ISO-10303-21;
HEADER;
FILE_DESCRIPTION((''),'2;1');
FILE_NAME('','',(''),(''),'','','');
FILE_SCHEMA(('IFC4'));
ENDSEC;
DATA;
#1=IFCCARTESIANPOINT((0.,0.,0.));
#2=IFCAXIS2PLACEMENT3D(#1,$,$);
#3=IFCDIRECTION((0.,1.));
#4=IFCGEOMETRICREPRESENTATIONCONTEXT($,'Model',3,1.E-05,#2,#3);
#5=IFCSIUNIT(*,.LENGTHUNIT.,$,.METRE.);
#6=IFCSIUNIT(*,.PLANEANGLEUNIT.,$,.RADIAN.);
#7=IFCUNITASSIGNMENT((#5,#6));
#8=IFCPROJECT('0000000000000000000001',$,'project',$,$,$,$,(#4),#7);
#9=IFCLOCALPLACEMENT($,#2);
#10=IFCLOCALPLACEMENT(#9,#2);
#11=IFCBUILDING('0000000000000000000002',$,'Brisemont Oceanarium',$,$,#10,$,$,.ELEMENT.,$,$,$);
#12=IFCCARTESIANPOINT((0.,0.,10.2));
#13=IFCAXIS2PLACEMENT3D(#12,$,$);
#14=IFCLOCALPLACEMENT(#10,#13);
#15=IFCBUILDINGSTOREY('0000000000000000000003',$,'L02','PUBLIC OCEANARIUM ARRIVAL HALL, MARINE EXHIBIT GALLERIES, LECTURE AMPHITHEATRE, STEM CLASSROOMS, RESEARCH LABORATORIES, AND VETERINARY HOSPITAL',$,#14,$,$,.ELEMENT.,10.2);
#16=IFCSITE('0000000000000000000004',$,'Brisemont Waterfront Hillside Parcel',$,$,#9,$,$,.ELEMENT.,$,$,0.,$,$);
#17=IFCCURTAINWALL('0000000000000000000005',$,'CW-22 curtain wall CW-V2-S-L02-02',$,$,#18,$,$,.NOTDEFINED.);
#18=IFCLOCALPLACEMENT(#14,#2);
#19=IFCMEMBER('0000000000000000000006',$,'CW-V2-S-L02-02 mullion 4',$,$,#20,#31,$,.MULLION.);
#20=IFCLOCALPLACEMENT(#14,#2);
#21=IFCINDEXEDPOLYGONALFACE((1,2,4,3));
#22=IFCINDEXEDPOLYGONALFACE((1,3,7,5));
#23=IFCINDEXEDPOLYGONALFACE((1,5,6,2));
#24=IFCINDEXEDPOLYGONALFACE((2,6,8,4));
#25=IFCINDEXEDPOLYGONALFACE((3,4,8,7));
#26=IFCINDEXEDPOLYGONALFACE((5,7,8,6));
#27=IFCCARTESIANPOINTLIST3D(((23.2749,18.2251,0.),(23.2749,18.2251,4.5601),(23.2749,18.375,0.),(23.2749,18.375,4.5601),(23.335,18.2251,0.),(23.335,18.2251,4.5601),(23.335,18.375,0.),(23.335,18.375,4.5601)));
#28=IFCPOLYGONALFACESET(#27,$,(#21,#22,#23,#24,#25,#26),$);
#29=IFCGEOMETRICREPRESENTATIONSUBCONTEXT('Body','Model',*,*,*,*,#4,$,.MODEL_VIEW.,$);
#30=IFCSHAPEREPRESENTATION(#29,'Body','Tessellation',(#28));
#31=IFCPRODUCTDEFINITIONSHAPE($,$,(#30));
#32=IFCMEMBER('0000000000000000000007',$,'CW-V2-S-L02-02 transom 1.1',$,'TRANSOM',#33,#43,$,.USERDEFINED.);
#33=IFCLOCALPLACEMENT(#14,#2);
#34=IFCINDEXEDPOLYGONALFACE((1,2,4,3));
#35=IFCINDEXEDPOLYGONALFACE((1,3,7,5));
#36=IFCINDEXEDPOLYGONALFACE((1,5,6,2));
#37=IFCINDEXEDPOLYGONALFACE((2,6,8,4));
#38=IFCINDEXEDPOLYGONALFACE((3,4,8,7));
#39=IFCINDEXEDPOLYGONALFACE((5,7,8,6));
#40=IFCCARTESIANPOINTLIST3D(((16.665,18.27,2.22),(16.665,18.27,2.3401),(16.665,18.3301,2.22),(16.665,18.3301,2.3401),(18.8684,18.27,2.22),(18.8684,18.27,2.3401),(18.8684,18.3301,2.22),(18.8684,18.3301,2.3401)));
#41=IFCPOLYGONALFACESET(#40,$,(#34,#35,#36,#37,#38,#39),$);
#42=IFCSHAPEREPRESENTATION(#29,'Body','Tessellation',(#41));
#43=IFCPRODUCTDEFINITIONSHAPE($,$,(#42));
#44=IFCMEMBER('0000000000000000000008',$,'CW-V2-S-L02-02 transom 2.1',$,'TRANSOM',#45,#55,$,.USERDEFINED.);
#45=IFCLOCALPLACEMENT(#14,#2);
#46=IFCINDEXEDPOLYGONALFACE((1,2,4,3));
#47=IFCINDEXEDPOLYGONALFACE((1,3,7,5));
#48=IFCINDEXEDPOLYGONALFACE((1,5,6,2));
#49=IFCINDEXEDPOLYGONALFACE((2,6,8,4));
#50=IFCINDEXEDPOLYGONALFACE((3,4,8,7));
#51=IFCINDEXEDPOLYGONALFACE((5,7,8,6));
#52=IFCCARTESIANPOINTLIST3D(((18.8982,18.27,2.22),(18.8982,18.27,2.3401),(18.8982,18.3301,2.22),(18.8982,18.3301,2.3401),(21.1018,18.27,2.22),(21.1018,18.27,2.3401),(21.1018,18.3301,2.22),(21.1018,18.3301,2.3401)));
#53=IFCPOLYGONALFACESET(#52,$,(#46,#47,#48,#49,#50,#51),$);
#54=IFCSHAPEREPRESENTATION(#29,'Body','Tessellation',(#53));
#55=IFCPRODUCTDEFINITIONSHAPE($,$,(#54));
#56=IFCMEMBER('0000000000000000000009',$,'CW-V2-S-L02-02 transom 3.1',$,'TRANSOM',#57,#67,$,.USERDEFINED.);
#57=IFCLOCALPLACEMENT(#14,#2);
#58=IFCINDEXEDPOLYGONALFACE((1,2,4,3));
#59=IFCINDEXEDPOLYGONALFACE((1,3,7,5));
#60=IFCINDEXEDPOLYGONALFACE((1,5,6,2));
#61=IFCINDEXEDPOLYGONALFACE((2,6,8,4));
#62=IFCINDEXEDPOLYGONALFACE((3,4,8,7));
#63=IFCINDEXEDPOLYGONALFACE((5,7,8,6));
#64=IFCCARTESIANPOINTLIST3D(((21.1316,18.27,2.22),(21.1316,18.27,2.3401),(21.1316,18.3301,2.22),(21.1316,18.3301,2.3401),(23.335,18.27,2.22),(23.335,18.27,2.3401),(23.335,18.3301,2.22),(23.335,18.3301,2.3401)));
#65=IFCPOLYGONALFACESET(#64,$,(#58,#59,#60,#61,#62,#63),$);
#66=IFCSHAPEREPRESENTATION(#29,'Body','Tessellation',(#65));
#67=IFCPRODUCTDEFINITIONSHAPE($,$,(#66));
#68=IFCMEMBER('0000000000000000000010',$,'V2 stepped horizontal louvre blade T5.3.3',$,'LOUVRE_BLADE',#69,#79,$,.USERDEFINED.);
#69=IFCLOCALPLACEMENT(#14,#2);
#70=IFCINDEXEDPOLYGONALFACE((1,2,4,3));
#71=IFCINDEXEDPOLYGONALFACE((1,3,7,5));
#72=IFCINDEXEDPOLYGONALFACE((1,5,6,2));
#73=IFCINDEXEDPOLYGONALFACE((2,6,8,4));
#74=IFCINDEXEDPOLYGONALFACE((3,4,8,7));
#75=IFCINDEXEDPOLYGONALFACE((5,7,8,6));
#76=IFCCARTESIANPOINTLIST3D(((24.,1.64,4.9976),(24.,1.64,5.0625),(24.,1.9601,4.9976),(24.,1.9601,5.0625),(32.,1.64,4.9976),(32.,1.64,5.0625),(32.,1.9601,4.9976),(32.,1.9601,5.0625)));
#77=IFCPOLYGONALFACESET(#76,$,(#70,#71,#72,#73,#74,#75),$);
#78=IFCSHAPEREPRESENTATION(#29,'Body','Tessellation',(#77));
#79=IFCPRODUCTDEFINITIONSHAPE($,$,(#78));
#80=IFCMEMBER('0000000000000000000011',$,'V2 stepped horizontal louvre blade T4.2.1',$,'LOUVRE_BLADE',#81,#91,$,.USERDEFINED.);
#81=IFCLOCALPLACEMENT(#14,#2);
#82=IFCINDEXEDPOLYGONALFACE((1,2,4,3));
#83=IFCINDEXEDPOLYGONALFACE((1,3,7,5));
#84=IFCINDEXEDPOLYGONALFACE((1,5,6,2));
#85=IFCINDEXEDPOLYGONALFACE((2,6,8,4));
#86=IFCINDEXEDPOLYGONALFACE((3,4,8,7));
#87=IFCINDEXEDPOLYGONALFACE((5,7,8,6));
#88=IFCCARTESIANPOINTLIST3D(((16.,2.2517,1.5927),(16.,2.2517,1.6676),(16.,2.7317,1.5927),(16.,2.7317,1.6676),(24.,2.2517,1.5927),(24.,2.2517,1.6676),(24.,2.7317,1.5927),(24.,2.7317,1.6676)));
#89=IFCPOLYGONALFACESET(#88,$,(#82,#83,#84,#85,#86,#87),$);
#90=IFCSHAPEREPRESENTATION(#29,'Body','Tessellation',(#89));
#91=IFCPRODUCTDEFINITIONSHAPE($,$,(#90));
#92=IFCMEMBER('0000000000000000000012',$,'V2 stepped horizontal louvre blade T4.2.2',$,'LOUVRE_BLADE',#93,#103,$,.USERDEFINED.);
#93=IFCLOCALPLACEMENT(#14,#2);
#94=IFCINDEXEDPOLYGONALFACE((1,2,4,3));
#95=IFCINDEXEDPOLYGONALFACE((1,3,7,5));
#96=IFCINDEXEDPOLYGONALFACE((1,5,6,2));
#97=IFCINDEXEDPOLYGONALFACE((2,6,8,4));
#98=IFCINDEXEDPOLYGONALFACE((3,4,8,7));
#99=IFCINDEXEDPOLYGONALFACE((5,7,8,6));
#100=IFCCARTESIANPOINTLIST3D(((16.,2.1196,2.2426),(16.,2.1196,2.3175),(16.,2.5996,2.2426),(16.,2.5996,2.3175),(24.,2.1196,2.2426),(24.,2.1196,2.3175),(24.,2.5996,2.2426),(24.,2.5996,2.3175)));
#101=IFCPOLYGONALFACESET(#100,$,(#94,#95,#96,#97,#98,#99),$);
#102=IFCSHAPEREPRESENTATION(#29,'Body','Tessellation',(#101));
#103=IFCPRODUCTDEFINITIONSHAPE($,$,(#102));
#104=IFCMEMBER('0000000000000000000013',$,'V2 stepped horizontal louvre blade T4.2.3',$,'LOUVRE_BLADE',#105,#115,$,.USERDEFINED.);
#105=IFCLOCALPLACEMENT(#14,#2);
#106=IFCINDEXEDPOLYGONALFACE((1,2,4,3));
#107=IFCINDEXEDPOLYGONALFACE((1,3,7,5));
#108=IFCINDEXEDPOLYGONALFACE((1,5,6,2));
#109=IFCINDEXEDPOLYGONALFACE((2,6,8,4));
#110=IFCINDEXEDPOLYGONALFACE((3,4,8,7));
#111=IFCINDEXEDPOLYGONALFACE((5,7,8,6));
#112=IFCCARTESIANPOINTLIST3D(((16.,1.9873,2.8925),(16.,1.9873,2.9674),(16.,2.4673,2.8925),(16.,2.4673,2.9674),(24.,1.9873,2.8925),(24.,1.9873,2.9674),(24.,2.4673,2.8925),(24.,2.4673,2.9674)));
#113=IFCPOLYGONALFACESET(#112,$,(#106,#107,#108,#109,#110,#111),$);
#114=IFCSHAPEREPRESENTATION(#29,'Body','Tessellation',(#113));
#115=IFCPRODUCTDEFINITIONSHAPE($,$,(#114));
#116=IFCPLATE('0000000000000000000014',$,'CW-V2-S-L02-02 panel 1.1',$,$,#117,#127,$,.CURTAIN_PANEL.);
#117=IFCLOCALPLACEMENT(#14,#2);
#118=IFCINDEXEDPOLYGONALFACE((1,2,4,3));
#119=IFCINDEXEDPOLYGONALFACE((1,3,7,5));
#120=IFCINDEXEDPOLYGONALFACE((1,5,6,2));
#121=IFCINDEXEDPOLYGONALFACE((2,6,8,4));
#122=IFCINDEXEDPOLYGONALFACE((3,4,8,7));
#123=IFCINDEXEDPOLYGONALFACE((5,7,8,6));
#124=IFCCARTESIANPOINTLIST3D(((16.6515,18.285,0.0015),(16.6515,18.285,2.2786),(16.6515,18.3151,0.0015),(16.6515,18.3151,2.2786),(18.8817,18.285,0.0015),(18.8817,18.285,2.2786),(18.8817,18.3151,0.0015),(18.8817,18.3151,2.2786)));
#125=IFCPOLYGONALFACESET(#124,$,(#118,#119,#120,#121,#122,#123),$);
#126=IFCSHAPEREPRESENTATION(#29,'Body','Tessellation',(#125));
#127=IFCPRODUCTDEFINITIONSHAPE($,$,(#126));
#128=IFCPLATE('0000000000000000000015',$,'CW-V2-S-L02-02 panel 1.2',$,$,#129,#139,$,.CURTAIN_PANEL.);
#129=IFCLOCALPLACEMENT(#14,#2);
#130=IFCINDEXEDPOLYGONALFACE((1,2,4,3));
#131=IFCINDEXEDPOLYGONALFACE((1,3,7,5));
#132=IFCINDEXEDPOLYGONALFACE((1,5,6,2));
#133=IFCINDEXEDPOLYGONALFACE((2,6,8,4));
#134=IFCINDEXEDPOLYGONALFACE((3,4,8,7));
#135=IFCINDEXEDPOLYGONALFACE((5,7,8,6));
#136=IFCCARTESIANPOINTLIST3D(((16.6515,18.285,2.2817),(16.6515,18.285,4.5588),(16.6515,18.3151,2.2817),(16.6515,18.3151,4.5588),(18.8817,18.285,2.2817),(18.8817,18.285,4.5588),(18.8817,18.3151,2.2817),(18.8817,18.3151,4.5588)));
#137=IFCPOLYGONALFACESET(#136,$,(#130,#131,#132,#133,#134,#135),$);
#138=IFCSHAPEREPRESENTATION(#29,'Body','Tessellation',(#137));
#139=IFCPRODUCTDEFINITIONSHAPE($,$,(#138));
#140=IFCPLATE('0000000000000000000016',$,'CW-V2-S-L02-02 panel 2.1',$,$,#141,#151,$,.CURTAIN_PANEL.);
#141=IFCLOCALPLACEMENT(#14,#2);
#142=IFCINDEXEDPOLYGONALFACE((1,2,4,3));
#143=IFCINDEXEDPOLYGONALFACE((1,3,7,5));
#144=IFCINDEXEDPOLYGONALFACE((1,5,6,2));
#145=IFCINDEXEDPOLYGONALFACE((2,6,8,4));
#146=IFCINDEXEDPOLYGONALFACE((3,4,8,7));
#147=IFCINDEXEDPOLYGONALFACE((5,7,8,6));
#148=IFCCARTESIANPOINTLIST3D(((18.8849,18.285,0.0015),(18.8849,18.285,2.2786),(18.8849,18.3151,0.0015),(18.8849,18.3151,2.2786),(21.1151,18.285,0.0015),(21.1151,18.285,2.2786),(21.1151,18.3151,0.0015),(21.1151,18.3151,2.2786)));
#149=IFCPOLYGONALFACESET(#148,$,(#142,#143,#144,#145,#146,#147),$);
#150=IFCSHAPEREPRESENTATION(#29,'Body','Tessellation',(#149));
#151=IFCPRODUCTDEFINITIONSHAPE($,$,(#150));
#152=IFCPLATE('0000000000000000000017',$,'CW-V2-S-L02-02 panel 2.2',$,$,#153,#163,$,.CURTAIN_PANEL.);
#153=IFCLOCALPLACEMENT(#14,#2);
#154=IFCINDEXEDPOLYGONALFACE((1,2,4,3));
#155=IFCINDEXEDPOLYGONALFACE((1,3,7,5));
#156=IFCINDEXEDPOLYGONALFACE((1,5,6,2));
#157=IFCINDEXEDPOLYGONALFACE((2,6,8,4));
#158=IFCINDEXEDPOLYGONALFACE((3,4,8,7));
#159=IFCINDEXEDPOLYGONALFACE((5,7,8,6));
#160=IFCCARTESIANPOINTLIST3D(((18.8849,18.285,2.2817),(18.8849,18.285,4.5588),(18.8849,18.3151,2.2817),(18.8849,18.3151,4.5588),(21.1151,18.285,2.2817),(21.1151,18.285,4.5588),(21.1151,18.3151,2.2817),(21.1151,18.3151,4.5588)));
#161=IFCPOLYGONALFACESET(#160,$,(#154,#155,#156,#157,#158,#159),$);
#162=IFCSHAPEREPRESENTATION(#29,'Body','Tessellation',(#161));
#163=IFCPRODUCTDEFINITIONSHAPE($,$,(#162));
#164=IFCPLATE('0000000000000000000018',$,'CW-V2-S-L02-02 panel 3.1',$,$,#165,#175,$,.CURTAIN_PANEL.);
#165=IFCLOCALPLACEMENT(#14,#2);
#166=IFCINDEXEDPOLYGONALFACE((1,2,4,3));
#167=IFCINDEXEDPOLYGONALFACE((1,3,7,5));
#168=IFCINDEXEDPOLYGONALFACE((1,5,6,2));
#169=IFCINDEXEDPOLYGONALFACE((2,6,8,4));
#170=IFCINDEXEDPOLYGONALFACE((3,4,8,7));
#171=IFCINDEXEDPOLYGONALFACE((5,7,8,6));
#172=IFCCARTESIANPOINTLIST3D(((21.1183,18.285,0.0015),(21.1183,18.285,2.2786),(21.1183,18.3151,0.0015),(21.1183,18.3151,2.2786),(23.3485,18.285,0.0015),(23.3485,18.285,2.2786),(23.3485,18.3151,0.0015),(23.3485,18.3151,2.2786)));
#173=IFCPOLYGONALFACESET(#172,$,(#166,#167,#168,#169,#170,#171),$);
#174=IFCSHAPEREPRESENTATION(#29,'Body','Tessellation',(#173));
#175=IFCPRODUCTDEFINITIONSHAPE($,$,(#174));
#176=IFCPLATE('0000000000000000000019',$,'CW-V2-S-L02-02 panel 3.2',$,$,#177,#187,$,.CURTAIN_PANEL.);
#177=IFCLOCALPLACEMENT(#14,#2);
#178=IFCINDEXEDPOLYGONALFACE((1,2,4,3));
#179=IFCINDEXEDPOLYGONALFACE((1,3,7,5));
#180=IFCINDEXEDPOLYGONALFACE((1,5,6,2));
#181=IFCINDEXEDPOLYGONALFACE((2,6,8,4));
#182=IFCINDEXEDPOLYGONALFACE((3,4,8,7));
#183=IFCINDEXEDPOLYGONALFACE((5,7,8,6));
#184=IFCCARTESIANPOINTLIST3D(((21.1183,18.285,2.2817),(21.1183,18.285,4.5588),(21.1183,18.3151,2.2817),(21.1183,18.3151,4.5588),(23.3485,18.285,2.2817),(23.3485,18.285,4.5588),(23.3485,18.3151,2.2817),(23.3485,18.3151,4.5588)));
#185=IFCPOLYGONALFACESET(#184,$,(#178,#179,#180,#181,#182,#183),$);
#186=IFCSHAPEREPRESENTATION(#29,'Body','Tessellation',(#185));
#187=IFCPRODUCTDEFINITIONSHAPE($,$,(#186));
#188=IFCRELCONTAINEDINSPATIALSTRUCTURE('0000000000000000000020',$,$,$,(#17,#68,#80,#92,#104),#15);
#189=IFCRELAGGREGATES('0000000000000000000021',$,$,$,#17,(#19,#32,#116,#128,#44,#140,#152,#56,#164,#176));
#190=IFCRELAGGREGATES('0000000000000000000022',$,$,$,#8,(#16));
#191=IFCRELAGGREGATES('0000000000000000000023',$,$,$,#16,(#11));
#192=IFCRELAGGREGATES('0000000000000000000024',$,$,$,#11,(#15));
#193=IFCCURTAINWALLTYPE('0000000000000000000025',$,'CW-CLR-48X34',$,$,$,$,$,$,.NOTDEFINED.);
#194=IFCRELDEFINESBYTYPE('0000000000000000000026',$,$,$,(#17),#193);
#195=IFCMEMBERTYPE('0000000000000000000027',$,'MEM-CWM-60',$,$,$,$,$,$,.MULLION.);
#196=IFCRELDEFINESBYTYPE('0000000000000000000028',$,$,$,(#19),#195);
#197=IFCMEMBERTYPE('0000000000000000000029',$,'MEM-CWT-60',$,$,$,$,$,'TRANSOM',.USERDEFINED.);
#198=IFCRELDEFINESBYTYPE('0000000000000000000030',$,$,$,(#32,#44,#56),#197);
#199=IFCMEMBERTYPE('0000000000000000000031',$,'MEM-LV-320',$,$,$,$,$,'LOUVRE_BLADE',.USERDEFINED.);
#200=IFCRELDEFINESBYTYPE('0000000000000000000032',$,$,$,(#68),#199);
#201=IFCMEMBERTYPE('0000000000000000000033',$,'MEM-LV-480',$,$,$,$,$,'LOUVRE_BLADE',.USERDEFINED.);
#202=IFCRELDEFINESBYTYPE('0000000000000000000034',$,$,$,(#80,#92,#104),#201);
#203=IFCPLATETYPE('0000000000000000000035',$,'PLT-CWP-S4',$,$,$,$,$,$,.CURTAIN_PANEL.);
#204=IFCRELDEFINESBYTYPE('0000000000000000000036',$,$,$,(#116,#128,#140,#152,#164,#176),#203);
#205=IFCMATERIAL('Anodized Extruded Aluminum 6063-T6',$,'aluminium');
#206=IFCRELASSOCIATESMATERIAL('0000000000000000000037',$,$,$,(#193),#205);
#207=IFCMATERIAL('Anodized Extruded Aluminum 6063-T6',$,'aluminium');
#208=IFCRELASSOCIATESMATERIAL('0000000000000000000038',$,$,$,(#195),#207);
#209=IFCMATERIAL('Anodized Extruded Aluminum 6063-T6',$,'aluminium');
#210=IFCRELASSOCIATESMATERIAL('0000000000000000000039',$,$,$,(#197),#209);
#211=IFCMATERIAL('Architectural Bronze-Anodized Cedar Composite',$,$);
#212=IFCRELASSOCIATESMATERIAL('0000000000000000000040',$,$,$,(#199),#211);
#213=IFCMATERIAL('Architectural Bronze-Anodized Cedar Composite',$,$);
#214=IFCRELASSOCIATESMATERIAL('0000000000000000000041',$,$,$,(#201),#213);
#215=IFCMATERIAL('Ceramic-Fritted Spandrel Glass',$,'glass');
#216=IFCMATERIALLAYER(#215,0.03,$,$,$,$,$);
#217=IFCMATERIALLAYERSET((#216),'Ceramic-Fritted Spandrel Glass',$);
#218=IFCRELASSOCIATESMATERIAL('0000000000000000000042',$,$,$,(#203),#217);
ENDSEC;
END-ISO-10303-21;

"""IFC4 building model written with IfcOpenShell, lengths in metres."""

from ifc_helpers import new_model, si_unit, direction, frame, origin, origin_2d, place, context, subcontext, project, spatial, rectangle, extrude, material, layer, layer_set, material_profile, profile_set, type_object, element, aggregate, save


model = new_model("IFC4")

# Units and contexts
model_context = context("Model", 3, precision=1e-05, world=origin(), true_north=direction((0.0, 1.0)))
body_context = subcontext(model_context, "Body", "Model", "MODEL_VIEW")
ifc_project = project(units=[si_unit("LENGTHUNIT", "METRE"), si_unit("PLANEANGLEUNIT", "RADIAN")], contexts=[model_context])

# Site, building, storey
site_placement = place(None, origin())
site = spatial("IfcSite", under=ifc_project, at=site_placement, Name="Brisemont Waterfront Hillside Parcel", CompositionType="ELEMENT", RefElevation=0.0)
building_placement = place(site_placement, origin())
building = spatial("IfcBuilding", under=site, at=building_placement, Name="Brisemont Oceanarium", CompositionType="ELEMENT")
storey_placement = place(building_placement, frame((0.0, 0.0, 10.2)))
storey = spatial("IfcBuildingStorey", under=building, at=storey_placement, Name="L02", Description="PUBLIC OCEANARIUM ARRIVAL HALL, MARINE EXHIBIT GALLERIES, LECTURE AMPHITHEATRE, STEM CLASSROOMS, RESEARCH LABORATORIES, AND VETERINARY HOSPITAL", CompositionType="ELEMENT", Elevation=10.2)

# Curtain wall, members
ifc_material_1 = material(Name="Anodized Extruded Aluminum 6063-T6", Category="aluminium")
curtain_wall_type = type_object("IfcCurtainWallType", Name="CW-CLR-48X34", PredefinedType="NOTDEFINED", material=ifc_material_1)
curtain_wall_placement = place(storey_placement, origin())
curtain_wall = element("IfcCurtainWall", 1, at=curtain_wall_placement, inside=storey, type_object=curtain_wall_type, Name="CW-22 curtain wall CW-V2-S-L02-02", PredefinedType="NOTDEFINED")
ifc_material_2 = material(Name="Anodized Extruded Aluminum 6063-T6", Category="aluminium")
ifc_material_profile_1 = material_profile(ifc_material_2, rectangle(XDim=0.0601, YDim=0.1499, at=origin_2d()), Name="CWM-60X150")
ifc_profile_set_1 = profile_set([ifc_material_profile_1], Name="Anodized Extruded Aluminum 6063-T6")
member_type_1 = type_object("IfcMemberType", Name="MEM-CWM-60", PredefinedType="MULLION", material=ifc_profile_set_1)
member_1_placement = place(storey_placement, frame((23.3049, 18.3, 0.0), z_axis=(0.0, 0.0, 1.0), x_axis=(1.0, 0.0, 0.0)))
member_1 = element("IfcMember", 2, at=member_1_placement, type_object=member_type_1, Name="CW-V2-S-L02-02 mullion 4", PredefinedType="MULLION", context=body_context, shape_type="SweptSolid", body=[
    extrude(rectangle(XDim=0.0601, YDim=0.1499, at=origin_2d()), origin(), (0.0, 0.0, 1.0), 4.5601),
])
ifc_material_3 = material(Name="Anodized Extruded Aluminum 6063-T6", Category="aluminium")
ifc_material_profile_2 = material_profile(ifc_material_3, rectangle(XDim=0.0601, YDim=0.1201, at=origin_2d()), Name="CWT-60X120")
ifc_profile_set_2 = profile_set([ifc_material_profile_2], Name="Anodized Extruded Aluminum 6063-T6")
member_type_2 = type_object("IfcMemberType", Name="MEM-CWT-60", ElementType="TRANSOM", PredefinedType="USERDEFINED", material=ifc_profile_set_2)
member_2_placement = place(storey_placement, frame((16.665, 18.3, 2.28), z_axis=(1.0, 0.0, 0.0), x_axis=(0.0, 1.0, 0.0)))
member_2 = element("IfcMember", 3, at=member_2_placement, type_object=member_type_2, Name="CW-V2-S-L02-02 transom 1.1", ObjectType="TRANSOM", PredefinedType="USERDEFINED", context=body_context, shape_type="SweptSolid", body=[
    extrude(rectangle(XDim=0.0601, YDim=0.1201, at=origin_2d()), origin(), (0.0, 0.0, 1.0), 2.2034),
])
member_3_placement = place(storey_placement, frame((18.8982, 18.3, 2.28), z_axis=(1.0, 0.0, 0.0), x_axis=(0.0, 1.0, 0.0)))
member_3 = element("IfcMember", 4, at=member_3_placement, type_object=member_type_2, Name="CW-V2-S-L02-02 transom 2.1", ObjectType="TRANSOM", PredefinedType="USERDEFINED", context=body_context, shape_type="SweptSolid", body=[
    extrude(rectangle(XDim=0.0601, YDim=0.1201, at=origin_2d()), origin(), (0.0, 0.0, 1.0), 2.2036),
])
member_4_placement = place(storey_placement, frame((21.1316, 18.3, 2.28), z_axis=(1.0, 0.0, 0.0), x_axis=(0.0, 1.0, 0.0)))
member_4 = element("IfcMember", 5, at=member_4_placement, type_object=member_type_2, Name="CW-V2-S-L02-02 transom 3.1", ObjectType="TRANSOM", PredefinedType="USERDEFINED", context=body_context, shape_type="SweptSolid", body=[
    extrude(rectangle(XDim=0.0601, YDim=0.1201, at=origin_2d()), origin(), (0.0, 0.0, 1.0), 2.2034),
])

# Members
ifc_material_4 = material(Name="Architectural Bronze-Anodized Cedar Composite")
ifc_material_profile_3 = material_profile(ifc_material_4, rectangle(XDim=0.3201, YDim=0.0649, at=origin_2d()), Name="LOUVRE-320X65")
ifc_profile_set_3 = profile_set([ifc_material_profile_3], Name="Architectural Bronze-Anodized Cedar Composite")
member_type_3 = type_object("IfcMemberType", Name="MEM-LV-320", ElementType="LOUVRE_BLADE", PredefinedType="USERDEFINED", material=ifc_profile_set_3)
member_5_placement = place(storey_placement, frame((24.0, 1.8, 5.03), z_axis=(1.0, 0.0, 0.0), x_axis=(0.0, 1.0, 0.0)))
element("IfcMember", 6, at=member_5_placement, inside=storey, type_object=member_type_3, Name="V2 stepped horizontal louvre blade T5.3.3", ObjectType="LOUVRE_BLADE", PredefinedType="USERDEFINED", context=body_context, shape_type="SweptSolid", body=[
    extrude(rectangle(XDim=0.3201, YDim=0.0649, at=origin_2d()), origin(), (0.0, 0.0, 1.0), 8.0),
])
ifc_material_5 = material(Name="Architectural Bronze-Anodized Cedar Composite")
ifc_material_profile_4 = material_profile(ifc_material_5, rectangle(XDim=0.48, YDim=0.075, at=origin_2d()), Name="LOUVRE-480X75")
ifc_profile_set_4 = profile_set([ifc_material_profile_4], Name="Architectural Bronze-Anodized Cedar Composite")
member_type_4 = type_object("IfcMemberType", Name="MEM-LV-480", ElementType="LOUVRE_BLADE", PredefinedType="USERDEFINED", material=ifc_profile_set_4)
for number, where, z_axis, x_axis, name in (
    (7, (16.0, 2.4917, 1.6301), (1.0, 0.0, 0.0), (0.0, 1.0, 0.0), "V2 stepped horizontal louvre blade T4.2.1"),
    (8, (16.0, 2.3596, 2.28), (1.0, 0.0, 0.0), (0.0, 1.0, 0.0), "V2 stepped horizontal louvre blade T4.2.2"),
    (9, (16.0, 2.2273, 2.9299), (1.0, 0.0, 0.0), (0.0, 1.0, 0.0), "V2 stepped horizontal louvre blade T4.2.3"),
):
    element("IfcMember", number, at=place(storey_placement, frame(where, z_axis=z_axis, x_axis=x_axis)), inside=storey, type_object=member_type_4, Name=name, ObjectType="LOUVRE_BLADE", PredefinedType="USERDEFINED", context=body_context, shape_type="SweptSolid", body=[
        extrude(rectangle(XDim=0.48, YDim=0.075, at=origin_2d()), origin(), (0.0, 0.0, 1.0), 8.0),
    ])

# Plates
ifc_material_6 = material(Name="Ceramic-Fritted Spandrel Glass", Category="glass")
ifc_layer_1 = layer(ifc_material_6, 0.03)
ifc_layer_set_1 = layer_set([ifc_layer_1], Name="Ceramic-Fritted Spandrel Glass")
plate_type = type_object("IfcPlateType", Name="PLT-CWP-S4", PredefinedType="CURTAIN_PANEL", material=ifc_layer_set_1)
plate_1_placement = place(storey_placement, frame((17.7666, 18.3, 0.0015), z_axis=(0.0, 0.0, 1.0), x_axis=(1.0, 0.0, 0.0)))
plate_1 = element("IfcPlate", 10, at=plate_1_placement, type_object=plate_type, Name="CW-V2-S-L02-02 panel 1.1", PredefinedType="CURTAIN_PANEL", context=body_context, shape_type="SweptSolid", body=[
    extrude(rectangle(XDim=2.2302, YDim=0.03, at=origin_2d()), origin(), (0.0, 0.0, 1.0), 2.2771),
])
plate_2_placement = place(storey_placement, frame((17.7666, 18.3, 2.2817), z_axis=(0.0, 0.0, 1.0), x_axis=(1.0, 0.0, 0.0)))
plate_2 = element("IfcPlate", 11, at=plate_2_placement, type_object=plate_type, Name="CW-V2-S-L02-02 panel 1.2", PredefinedType="CURTAIN_PANEL", context=body_context, shape_type="SweptSolid", body=[
    extrude(rectangle(XDim=2.2302, YDim=0.03, at=origin_2d()), origin(), (0.0, 0.0, 1.0), 2.2771),
])
plate_3_placement = place(storey_placement, frame((20.0, 18.3, 0.0015), z_axis=(0.0, 0.0, 1.0), x_axis=(1.0, 0.0, 0.0)))
plate_3 = element("IfcPlate", 12, at=plate_3_placement, type_object=plate_type, Name="CW-V2-S-L02-02 panel 2.1", PredefinedType="CURTAIN_PANEL", context=body_context, shape_type="SweptSolid", body=[
    extrude(rectangle(XDim=2.2302, YDim=0.03, at=origin_2d()), origin(), (0.0, 0.0, 1.0), 2.2771),
])
plate_4_placement = place(storey_placement, frame((20.0, 18.3, 2.2817), z_axis=(0.0, 0.0, 1.0), x_axis=(1.0, 0.0, 0.0)))
plate_4 = element("IfcPlate", 13, at=plate_4_placement, type_object=plate_type, Name="CW-V2-S-L02-02 panel 2.2", PredefinedType="CURTAIN_PANEL", context=body_context, shape_type="SweptSolid", body=[
    extrude(rectangle(XDim=2.2302, YDim=0.03, at=origin_2d()), origin(), (0.0, 0.0, 1.0), 2.2771),
])
plate_5_placement = place(storey_placement, frame((22.2334, 18.3, 0.0015), z_axis=(0.0, 0.0, 1.0), x_axis=(1.0, 0.0, 0.0)))
plate_5 = element("IfcPlate", 14, at=plate_5_placement, type_object=plate_type, Name="CW-V2-S-L02-02 panel 3.1", PredefinedType="CURTAIN_PANEL", context=body_context, shape_type="SweptSolid", body=[
    extrude(rectangle(XDim=2.2302, YDim=0.03, at=origin_2d()), origin(), (0.0, 0.0, 1.0), 2.2771),
])
plate_6_placement = place(storey_placement, frame((22.2334, 18.3, 2.2817), z_axis=(0.0, 0.0, 1.0), x_axis=(1.0, 0.0, 0.0)))
plate_6 = element("IfcPlate", 15, at=plate_6_placement, type_object=plate_type, Name="CW-V2-S-L02-02 panel 3.2", PredefinedType="CURTAIN_PANEL", context=body_context, shape_type="SweptSolid", body=[
    extrude(rectangle(XDim=2.2302, YDim=0.03, at=origin_2d()), origin(), (0.0, 0.0, 1.0), 2.2771),
])
aggregate(curtain_wall, [member_1, member_2, plate_1, plate_2, member_3, plate_3, plate_4, member_4, plate_5, plate_6])

save(model, "model.ifc")
